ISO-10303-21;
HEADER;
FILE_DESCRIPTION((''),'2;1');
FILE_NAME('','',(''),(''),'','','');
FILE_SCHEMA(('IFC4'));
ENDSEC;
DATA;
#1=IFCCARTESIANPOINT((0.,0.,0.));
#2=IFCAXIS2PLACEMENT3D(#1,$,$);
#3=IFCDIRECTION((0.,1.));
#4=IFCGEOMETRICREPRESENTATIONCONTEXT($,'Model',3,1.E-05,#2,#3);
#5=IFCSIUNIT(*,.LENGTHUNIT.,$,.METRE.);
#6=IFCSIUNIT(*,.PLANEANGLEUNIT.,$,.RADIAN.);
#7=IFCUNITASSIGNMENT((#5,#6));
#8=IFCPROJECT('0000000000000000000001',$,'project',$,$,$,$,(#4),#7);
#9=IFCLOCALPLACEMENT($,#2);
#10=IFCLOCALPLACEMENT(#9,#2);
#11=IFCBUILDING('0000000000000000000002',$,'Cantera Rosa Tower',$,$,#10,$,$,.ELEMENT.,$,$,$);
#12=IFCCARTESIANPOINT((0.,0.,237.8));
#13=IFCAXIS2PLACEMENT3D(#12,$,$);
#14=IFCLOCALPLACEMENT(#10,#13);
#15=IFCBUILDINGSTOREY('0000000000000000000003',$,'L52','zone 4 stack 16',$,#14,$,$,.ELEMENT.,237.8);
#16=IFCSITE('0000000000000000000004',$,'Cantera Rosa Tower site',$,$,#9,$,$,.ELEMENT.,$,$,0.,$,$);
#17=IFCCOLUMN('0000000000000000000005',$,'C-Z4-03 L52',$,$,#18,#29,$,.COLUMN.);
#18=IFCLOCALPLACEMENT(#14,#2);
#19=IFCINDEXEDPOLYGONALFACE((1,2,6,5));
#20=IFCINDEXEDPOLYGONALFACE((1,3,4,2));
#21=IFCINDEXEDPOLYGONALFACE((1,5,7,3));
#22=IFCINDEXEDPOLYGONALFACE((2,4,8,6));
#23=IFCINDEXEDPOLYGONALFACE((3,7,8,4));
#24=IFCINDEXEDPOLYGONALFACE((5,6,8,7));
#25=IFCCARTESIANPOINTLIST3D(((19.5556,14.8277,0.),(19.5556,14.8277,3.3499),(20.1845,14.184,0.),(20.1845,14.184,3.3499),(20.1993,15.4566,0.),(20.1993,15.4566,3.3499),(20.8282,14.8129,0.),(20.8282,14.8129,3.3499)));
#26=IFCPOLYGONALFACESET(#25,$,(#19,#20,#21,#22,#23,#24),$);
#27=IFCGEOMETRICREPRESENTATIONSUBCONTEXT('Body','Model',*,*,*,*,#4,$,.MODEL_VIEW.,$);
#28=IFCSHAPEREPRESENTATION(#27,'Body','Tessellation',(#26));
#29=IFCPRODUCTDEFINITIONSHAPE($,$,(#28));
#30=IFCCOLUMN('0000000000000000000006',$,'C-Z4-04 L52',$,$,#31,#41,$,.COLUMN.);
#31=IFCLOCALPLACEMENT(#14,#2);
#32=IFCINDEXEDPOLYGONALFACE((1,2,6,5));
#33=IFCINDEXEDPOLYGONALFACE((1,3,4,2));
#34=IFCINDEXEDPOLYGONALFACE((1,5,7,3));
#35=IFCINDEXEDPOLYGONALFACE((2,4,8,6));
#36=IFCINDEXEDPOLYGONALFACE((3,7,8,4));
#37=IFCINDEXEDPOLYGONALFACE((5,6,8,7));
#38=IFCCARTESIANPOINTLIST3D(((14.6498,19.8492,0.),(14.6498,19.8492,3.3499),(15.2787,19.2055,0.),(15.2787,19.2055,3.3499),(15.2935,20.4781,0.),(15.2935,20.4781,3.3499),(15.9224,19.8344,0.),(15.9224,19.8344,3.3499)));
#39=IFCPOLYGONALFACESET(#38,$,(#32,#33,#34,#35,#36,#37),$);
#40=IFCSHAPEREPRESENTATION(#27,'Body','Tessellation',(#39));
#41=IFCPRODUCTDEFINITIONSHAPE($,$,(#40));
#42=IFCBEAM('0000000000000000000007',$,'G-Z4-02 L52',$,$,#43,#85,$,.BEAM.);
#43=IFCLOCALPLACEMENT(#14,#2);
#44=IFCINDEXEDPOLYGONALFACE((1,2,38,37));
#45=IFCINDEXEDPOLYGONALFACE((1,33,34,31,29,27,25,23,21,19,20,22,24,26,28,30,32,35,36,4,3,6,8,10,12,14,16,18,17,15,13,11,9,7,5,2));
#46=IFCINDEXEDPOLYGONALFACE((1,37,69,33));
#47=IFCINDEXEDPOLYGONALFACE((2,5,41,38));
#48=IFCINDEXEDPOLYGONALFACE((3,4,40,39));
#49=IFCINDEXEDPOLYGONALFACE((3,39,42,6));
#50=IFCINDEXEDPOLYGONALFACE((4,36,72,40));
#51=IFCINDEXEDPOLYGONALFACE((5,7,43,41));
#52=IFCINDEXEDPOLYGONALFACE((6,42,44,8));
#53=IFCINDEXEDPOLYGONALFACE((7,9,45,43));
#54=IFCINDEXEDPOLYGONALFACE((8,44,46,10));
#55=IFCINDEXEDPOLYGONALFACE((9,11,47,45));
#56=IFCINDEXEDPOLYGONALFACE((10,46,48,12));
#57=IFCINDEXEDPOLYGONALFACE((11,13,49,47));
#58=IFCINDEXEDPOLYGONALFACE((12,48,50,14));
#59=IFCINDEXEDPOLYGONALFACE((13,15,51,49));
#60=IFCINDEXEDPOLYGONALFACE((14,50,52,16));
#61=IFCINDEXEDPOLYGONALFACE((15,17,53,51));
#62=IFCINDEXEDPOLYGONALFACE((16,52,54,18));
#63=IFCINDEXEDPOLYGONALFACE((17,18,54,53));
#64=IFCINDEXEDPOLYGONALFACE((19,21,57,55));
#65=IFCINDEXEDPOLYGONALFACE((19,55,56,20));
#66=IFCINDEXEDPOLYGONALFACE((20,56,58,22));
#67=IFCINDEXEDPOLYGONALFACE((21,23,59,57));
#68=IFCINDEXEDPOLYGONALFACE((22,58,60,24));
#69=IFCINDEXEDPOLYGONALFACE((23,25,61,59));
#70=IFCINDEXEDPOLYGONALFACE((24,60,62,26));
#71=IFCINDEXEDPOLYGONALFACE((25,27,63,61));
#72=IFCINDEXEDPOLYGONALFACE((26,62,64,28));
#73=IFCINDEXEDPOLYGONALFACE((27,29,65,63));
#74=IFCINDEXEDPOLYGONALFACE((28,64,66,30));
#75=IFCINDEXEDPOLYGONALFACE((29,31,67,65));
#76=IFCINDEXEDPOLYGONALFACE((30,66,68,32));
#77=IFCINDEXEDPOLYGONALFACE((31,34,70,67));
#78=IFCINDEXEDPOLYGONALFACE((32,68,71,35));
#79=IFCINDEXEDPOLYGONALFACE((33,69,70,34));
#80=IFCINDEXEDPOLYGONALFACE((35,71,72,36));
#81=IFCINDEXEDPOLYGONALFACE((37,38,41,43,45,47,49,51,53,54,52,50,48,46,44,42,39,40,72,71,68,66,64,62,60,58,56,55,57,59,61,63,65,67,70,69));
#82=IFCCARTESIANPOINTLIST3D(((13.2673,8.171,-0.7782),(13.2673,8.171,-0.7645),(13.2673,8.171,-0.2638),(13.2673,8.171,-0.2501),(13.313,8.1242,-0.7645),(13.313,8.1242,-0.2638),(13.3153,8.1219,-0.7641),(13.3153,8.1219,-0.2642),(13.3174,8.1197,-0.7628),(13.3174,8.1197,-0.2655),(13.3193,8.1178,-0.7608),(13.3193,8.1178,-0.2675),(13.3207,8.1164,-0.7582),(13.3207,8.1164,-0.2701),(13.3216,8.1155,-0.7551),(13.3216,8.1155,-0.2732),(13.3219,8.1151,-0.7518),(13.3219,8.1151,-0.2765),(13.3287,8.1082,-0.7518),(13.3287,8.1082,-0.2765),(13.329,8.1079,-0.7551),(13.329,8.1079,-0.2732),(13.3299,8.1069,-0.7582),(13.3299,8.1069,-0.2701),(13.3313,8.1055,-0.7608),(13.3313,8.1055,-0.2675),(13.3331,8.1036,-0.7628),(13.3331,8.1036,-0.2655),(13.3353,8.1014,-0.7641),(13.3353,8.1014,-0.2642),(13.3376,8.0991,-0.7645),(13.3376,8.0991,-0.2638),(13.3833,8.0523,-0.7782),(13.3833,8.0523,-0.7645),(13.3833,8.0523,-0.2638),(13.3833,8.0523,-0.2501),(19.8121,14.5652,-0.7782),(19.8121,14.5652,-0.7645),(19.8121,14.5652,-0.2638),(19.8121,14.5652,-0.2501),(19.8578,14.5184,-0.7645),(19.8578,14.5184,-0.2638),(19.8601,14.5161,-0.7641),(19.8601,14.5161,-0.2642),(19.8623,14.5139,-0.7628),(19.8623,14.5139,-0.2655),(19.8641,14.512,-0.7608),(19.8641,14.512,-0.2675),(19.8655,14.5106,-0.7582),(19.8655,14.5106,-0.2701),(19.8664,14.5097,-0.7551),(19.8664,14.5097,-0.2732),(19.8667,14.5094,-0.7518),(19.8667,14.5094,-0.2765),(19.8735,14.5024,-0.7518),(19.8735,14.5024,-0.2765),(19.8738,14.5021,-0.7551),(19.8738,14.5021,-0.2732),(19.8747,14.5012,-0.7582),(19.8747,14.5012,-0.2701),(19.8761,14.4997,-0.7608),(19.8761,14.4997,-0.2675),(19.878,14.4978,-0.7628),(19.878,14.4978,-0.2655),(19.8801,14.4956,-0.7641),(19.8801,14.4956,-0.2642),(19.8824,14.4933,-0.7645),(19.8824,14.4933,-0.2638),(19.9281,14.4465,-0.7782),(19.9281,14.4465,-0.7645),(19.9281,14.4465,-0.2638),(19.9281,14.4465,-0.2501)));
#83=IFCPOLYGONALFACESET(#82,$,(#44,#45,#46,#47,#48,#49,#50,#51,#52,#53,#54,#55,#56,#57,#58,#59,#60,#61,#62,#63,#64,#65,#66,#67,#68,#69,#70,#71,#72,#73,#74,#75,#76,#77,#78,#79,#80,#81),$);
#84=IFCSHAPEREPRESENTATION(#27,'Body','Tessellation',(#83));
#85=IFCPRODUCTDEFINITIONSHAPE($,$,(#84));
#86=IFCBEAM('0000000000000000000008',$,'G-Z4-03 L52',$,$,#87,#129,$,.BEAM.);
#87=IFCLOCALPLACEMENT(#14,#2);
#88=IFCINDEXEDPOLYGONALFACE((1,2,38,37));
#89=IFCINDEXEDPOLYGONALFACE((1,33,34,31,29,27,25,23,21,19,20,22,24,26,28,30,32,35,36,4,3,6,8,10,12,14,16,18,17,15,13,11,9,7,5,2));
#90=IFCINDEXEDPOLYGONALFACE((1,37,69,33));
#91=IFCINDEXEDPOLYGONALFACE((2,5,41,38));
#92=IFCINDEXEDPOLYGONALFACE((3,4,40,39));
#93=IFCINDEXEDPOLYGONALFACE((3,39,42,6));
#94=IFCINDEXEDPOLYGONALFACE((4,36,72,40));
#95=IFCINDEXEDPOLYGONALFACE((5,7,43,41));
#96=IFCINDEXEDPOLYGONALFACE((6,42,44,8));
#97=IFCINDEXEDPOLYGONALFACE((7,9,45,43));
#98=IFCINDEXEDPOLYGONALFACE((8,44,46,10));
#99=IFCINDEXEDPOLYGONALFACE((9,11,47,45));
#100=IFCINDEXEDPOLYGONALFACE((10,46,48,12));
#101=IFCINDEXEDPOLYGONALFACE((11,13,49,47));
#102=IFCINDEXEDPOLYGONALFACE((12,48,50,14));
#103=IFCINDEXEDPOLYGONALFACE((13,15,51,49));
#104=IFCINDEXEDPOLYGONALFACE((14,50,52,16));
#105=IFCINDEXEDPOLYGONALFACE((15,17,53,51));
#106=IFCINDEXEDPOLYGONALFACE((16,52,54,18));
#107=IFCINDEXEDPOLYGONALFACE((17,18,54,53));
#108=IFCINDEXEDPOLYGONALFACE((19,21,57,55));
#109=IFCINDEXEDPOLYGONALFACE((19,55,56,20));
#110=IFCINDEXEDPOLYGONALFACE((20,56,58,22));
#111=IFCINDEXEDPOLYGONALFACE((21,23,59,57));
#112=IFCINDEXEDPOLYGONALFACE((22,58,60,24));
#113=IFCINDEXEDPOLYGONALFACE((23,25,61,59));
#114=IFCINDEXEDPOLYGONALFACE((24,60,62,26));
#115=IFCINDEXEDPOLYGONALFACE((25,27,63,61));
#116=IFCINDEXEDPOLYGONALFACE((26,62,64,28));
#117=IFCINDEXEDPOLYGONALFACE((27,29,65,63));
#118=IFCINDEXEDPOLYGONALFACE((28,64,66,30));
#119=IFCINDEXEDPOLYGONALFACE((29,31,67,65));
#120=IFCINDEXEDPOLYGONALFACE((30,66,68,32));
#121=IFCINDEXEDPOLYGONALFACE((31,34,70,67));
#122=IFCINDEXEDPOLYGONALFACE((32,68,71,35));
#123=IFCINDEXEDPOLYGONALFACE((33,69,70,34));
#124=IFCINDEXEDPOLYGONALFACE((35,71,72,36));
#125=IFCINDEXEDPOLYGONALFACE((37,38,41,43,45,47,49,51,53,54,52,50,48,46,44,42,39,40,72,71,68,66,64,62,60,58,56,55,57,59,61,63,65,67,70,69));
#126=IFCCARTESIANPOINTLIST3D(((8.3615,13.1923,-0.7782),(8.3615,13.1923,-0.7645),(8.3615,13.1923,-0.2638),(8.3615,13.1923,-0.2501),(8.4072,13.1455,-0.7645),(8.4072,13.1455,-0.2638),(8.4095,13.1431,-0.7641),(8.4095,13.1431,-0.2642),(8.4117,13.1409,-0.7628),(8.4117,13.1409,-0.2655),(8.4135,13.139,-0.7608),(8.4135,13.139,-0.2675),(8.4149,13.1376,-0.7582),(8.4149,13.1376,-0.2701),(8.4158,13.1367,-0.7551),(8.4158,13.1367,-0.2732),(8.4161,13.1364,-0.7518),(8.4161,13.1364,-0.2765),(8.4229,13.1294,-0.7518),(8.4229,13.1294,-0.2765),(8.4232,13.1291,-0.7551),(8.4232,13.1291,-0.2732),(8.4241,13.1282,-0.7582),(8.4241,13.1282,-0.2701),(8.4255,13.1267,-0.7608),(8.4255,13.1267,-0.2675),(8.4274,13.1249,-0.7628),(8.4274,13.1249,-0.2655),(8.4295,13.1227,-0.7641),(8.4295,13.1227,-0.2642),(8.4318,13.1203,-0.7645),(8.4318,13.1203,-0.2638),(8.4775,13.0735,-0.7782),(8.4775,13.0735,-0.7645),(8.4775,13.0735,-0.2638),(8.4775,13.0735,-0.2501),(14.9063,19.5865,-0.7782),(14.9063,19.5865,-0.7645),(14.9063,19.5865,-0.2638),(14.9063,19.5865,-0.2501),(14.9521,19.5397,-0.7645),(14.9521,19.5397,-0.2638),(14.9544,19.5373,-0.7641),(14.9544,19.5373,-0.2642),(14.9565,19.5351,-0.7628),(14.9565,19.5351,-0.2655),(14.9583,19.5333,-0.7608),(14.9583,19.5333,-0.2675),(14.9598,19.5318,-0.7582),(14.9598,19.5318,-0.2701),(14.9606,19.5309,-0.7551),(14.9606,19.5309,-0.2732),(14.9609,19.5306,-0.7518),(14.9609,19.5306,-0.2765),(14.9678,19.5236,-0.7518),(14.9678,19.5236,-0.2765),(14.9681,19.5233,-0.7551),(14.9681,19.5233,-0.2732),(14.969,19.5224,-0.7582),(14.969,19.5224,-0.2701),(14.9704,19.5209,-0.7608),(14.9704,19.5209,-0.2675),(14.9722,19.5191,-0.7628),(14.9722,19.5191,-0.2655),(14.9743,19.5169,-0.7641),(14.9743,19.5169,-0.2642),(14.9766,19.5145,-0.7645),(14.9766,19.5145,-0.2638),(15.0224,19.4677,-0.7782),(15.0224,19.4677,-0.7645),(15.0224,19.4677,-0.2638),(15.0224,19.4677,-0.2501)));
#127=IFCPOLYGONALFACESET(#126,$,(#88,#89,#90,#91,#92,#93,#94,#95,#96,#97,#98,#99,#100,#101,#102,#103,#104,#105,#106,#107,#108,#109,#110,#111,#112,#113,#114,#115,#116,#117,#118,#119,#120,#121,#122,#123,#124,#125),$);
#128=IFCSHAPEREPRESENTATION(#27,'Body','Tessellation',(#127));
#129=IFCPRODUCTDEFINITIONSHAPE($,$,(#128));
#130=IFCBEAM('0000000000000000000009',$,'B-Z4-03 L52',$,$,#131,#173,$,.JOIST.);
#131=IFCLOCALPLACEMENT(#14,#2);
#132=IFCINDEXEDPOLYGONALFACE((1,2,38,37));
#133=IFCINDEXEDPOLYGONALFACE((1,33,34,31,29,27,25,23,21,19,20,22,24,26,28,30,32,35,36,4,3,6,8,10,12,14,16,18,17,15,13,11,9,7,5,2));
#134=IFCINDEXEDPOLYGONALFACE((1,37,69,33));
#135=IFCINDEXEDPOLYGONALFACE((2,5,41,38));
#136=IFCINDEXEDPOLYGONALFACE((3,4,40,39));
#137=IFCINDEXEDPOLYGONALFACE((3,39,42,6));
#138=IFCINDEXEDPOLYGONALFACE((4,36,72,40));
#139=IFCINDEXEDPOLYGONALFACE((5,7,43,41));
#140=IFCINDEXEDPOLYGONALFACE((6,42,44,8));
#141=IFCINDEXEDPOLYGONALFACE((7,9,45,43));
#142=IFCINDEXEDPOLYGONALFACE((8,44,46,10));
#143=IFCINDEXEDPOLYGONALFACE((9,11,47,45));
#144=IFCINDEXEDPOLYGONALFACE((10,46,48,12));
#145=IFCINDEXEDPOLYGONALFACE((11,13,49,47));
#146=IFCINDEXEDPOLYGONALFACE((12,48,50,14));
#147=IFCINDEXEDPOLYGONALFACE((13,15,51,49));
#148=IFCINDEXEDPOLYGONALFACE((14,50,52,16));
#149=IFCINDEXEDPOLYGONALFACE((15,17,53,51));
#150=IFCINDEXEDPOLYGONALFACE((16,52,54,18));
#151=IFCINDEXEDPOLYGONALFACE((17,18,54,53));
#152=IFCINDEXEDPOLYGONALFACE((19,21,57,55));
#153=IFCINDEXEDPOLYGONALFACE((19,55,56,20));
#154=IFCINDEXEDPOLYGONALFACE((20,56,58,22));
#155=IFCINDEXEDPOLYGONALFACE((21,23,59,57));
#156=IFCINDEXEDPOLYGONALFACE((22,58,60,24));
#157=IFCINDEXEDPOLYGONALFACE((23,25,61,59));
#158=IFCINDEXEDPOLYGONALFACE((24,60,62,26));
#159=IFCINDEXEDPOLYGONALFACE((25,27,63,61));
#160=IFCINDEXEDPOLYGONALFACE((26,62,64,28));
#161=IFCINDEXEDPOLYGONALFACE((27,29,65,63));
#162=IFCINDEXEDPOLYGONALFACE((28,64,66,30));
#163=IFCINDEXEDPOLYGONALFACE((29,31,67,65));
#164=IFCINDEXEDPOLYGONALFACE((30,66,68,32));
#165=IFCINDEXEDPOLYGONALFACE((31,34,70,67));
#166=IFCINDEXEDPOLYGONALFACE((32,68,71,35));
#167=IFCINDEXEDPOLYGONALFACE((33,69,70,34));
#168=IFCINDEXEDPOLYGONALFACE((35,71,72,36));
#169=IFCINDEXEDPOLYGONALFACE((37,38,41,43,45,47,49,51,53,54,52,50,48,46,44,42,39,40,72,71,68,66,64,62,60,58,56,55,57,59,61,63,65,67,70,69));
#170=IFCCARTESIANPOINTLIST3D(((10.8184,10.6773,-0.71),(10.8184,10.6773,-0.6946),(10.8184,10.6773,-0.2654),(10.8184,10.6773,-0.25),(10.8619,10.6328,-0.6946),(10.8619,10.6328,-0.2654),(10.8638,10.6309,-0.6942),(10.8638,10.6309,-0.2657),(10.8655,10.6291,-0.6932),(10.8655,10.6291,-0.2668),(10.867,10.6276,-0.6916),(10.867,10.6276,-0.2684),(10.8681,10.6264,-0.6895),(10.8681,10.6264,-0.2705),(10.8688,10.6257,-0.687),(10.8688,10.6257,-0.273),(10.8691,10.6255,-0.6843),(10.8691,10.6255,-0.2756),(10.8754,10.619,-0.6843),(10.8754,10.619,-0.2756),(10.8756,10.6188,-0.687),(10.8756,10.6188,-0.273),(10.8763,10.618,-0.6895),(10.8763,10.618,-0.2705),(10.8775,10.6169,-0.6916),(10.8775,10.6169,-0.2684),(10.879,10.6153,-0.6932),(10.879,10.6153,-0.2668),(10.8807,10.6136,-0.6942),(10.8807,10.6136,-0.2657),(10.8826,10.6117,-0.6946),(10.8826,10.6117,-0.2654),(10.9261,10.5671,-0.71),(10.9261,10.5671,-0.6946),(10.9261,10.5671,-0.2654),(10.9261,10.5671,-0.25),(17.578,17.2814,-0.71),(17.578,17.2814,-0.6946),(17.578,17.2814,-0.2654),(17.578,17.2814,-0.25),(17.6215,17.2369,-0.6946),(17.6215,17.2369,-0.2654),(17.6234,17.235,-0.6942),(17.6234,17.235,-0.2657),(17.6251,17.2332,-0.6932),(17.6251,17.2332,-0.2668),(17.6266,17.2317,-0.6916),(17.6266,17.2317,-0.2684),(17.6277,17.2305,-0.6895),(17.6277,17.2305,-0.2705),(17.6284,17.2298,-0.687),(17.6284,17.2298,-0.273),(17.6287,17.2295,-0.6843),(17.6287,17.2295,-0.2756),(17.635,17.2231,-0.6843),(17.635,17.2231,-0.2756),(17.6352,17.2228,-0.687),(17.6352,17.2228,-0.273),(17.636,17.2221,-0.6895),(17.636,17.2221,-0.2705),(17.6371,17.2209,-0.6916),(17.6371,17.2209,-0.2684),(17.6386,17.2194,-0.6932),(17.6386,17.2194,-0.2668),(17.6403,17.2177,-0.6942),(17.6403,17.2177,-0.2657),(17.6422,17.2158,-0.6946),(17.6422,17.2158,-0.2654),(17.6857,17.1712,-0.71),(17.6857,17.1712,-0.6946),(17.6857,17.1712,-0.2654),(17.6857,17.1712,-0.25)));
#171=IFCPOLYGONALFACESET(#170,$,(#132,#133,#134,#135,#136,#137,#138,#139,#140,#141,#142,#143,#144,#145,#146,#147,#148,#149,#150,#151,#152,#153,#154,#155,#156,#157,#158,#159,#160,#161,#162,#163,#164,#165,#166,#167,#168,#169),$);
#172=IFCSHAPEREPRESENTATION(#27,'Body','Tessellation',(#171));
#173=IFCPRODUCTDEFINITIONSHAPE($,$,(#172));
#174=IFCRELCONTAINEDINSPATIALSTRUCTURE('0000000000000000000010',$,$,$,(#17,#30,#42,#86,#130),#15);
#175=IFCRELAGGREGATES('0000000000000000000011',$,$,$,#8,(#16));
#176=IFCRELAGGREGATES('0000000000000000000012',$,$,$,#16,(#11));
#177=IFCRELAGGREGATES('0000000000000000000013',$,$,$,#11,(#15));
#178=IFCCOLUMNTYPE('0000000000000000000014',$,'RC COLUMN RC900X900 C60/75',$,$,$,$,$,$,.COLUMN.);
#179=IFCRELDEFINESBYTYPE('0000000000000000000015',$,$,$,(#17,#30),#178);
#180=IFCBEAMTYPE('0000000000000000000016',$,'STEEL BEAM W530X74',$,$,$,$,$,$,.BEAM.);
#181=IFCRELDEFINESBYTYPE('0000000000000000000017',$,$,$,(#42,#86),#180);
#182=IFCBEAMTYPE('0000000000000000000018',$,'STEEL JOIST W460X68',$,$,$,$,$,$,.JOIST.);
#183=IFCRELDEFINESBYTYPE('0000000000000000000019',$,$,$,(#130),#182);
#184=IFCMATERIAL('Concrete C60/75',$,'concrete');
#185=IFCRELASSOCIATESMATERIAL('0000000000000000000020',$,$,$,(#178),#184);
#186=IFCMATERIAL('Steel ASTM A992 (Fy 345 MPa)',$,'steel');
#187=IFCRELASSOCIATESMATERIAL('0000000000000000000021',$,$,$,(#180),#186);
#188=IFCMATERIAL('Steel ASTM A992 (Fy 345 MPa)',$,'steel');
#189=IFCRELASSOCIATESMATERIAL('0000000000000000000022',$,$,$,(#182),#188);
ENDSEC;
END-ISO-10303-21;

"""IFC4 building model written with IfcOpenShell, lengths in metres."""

from ifc_helpers import new_model, si_unit, direction, frame, origin, origin_2d, place, context, subcontext, project, spatial, rectangle, i_section, extrude, material, material_profile, profile_set, type_object, element, save


model = new_model("IFC4")

# Units and contexts
model_context = context("Model", 3, precision=1e-05, world=origin(), true_north=direction((0.0, 1.0)))
body_context = subcontext(model_context, "Body", "Model", "MODEL_VIEW")
ifc_project = project(units=[si_unit("LENGTHUNIT", "METRE"), si_unit("PLANEANGLEUNIT", "RADIAN")], contexts=[model_context])

# Site, building, storey
site_placement = place(None, origin())
site = spatial("IfcSite", under=ifc_project, at=site_placement, Name="Cantera Rosa Tower site", CompositionType="ELEMENT", RefElevation=0.0)
building_placement = place(site_placement, origin())
building = spatial("IfcBuilding", under=site, at=building_placement, Name="Cantera Rosa Tower", CompositionType="ELEMENT")
storey_placement = place(building_placement, frame((0.0, 0.0, 237.8)))
storey = spatial("IfcBuildingStorey", under=building, at=storey_placement, Name="L52", Description="zone 4 stack 16", CompositionType="ELEMENT", Elevation=237.8)

# Columns
ifc_material_1 = material(Name="Concrete C60/75", Category="concrete")
ifc_material_profile_1 = material_profile(ifc_material_1, rectangle(XDim=0.8999, YDim=0.8999, at=origin_2d()), Name="RC COLUMN RC900X900 C60/75")
ifc_profile_set_1 = profile_set([ifc_material_profile_1], Name="Concrete C60/75")
column_type = type_object("IfcColumnType", Name="RC COLUMN RC900X900 C60/75", PredefinedType="COLUMN", material=ifc_profile_set_1)
for number, where, z_axis, x_axis, name in (
    (1, (20.1919, 14.8203, 0.0), (0.0, 0.0, 1.0), (0.715286, 0.698832, 0.0), "C-Z4-03 L52"),
    (2, (15.2861, 19.8418, 0.0), (0.0, 0.0, 1.0), (0.715286, 0.698832, 0.0), "C-Z4-04 L52"),
):
    element("IfcColumn", number, at=place(storey_placement, frame(where, z_axis=z_axis, x_axis=x_axis)), inside=storey, type_object=column_type, Name=name, PredefinedType="COLUMN", context=body_context, shape_type="SweptSolid", body=[
        extrude(rectangle(XDim=0.8999, YDim=0.8999, at=origin_2d()), origin(), (0.0, 0.0, 1.0), 3.3499),
    ])

# Beams
ifc_material_2 = material(Name="Steel ASTM A992 (Fy 345 MPa)", Category="steel")
ifc_material_profile_2 = material_profile(ifc_material_2, i_section(OverallWidth=0.166, OverallDepth=0.5281, WebThickness=0.0098, FlangeThickness=0.0137, FilletRadius=0.0127, at=origin_2d()), Name="W530X74")
ifc_profile_set_2 = profile_set([ifc_material_profile_2], Name="Steel ASTM A992 (Fy 345 MPa)")
beam_type_1 = type_object("IfcBeamType", Name="STEEL BEAM W530X74", PredefinedType="BEAM", material=ifc_profile_set_2)
for number, where, z_axis, x_axis, name in (
    (3, (19.8701, 14.5059, -0.5142), (-0.71529, -0.698827, 0.0), (0.698827, -0.71529, 0.0), "G-Z4-02 L52"),
    (4, (14.9644, 19.5271, -0.5142), (-0.71529, -0.698827, 0.0), (0.698827, -0.71529, 0.0), "G-Z4-03 L52"),
):
    element("IfcBeam", number, at=place(storey_placement, frame(where, z_axis=z_axis, x_axis=x_axis)), inside=storey, type_object=beam_type_1, Name=name, PredefinedType="BEAM", context=body_context, shape_type="SweptSolid", body=[
        extrude(i_section(OverallWidth=0.166, OverallDepth=0.5281, WebThickness=0.0098, FlangeThickness=0.0137, FilletRadius=0.0127, at=origin_2d()), origin(), (0.0, 0.0, 1.0), 9.1499),
    ])
ifc_material_3 = material(Name="Steel ASTM A992 (Fy 345 MPa)", Category="steel")
ifc_material_profile_3 = material_profile(ifc_material_3, i_section(OverallWidth=0.1541, OverallDepth=0.46, WebThickness=0.009, FlangeThickness=0.0154, FilletRadius=0.0103, at=origin_2d()), Name="W460X68")
ifc_profile_set_3 = profile_set([ifc_material_profile_3], Name="Steel ASTM A992 (Fy 345 MPa)")
beam_type_2 = type_object("IfcBeamType", Name="STEEL JOIST W460X68", PredefinedType="JOIST", material=ifc_profile_set_3)
beam_placement = place(storey_placement, frame((17.6318, 17.2263, -0.48), z_axis=(-0.715287, -0.698831, 0.0), x_axis=(0.698831, -0.715287, 0.0)))
element("IfcBeam", 5, at=beam_placement, inside=storey, type_object=beam_type_2, Name="B-Z4-03 L52", PredefinedType="JOIST", context=body_context, shape_type="SweptSolid", body=[
    extrude(i_section(OverallWidth=0.1541, OverallDepth=0.46, WebThickness=0.009, FlangeThickness=0.0154, FilletRadius=0.0103, at=origin_2d()), origin(), (0.0, 0.0, 1.0), 9.4502),
])

save(model, "model.ifc")
